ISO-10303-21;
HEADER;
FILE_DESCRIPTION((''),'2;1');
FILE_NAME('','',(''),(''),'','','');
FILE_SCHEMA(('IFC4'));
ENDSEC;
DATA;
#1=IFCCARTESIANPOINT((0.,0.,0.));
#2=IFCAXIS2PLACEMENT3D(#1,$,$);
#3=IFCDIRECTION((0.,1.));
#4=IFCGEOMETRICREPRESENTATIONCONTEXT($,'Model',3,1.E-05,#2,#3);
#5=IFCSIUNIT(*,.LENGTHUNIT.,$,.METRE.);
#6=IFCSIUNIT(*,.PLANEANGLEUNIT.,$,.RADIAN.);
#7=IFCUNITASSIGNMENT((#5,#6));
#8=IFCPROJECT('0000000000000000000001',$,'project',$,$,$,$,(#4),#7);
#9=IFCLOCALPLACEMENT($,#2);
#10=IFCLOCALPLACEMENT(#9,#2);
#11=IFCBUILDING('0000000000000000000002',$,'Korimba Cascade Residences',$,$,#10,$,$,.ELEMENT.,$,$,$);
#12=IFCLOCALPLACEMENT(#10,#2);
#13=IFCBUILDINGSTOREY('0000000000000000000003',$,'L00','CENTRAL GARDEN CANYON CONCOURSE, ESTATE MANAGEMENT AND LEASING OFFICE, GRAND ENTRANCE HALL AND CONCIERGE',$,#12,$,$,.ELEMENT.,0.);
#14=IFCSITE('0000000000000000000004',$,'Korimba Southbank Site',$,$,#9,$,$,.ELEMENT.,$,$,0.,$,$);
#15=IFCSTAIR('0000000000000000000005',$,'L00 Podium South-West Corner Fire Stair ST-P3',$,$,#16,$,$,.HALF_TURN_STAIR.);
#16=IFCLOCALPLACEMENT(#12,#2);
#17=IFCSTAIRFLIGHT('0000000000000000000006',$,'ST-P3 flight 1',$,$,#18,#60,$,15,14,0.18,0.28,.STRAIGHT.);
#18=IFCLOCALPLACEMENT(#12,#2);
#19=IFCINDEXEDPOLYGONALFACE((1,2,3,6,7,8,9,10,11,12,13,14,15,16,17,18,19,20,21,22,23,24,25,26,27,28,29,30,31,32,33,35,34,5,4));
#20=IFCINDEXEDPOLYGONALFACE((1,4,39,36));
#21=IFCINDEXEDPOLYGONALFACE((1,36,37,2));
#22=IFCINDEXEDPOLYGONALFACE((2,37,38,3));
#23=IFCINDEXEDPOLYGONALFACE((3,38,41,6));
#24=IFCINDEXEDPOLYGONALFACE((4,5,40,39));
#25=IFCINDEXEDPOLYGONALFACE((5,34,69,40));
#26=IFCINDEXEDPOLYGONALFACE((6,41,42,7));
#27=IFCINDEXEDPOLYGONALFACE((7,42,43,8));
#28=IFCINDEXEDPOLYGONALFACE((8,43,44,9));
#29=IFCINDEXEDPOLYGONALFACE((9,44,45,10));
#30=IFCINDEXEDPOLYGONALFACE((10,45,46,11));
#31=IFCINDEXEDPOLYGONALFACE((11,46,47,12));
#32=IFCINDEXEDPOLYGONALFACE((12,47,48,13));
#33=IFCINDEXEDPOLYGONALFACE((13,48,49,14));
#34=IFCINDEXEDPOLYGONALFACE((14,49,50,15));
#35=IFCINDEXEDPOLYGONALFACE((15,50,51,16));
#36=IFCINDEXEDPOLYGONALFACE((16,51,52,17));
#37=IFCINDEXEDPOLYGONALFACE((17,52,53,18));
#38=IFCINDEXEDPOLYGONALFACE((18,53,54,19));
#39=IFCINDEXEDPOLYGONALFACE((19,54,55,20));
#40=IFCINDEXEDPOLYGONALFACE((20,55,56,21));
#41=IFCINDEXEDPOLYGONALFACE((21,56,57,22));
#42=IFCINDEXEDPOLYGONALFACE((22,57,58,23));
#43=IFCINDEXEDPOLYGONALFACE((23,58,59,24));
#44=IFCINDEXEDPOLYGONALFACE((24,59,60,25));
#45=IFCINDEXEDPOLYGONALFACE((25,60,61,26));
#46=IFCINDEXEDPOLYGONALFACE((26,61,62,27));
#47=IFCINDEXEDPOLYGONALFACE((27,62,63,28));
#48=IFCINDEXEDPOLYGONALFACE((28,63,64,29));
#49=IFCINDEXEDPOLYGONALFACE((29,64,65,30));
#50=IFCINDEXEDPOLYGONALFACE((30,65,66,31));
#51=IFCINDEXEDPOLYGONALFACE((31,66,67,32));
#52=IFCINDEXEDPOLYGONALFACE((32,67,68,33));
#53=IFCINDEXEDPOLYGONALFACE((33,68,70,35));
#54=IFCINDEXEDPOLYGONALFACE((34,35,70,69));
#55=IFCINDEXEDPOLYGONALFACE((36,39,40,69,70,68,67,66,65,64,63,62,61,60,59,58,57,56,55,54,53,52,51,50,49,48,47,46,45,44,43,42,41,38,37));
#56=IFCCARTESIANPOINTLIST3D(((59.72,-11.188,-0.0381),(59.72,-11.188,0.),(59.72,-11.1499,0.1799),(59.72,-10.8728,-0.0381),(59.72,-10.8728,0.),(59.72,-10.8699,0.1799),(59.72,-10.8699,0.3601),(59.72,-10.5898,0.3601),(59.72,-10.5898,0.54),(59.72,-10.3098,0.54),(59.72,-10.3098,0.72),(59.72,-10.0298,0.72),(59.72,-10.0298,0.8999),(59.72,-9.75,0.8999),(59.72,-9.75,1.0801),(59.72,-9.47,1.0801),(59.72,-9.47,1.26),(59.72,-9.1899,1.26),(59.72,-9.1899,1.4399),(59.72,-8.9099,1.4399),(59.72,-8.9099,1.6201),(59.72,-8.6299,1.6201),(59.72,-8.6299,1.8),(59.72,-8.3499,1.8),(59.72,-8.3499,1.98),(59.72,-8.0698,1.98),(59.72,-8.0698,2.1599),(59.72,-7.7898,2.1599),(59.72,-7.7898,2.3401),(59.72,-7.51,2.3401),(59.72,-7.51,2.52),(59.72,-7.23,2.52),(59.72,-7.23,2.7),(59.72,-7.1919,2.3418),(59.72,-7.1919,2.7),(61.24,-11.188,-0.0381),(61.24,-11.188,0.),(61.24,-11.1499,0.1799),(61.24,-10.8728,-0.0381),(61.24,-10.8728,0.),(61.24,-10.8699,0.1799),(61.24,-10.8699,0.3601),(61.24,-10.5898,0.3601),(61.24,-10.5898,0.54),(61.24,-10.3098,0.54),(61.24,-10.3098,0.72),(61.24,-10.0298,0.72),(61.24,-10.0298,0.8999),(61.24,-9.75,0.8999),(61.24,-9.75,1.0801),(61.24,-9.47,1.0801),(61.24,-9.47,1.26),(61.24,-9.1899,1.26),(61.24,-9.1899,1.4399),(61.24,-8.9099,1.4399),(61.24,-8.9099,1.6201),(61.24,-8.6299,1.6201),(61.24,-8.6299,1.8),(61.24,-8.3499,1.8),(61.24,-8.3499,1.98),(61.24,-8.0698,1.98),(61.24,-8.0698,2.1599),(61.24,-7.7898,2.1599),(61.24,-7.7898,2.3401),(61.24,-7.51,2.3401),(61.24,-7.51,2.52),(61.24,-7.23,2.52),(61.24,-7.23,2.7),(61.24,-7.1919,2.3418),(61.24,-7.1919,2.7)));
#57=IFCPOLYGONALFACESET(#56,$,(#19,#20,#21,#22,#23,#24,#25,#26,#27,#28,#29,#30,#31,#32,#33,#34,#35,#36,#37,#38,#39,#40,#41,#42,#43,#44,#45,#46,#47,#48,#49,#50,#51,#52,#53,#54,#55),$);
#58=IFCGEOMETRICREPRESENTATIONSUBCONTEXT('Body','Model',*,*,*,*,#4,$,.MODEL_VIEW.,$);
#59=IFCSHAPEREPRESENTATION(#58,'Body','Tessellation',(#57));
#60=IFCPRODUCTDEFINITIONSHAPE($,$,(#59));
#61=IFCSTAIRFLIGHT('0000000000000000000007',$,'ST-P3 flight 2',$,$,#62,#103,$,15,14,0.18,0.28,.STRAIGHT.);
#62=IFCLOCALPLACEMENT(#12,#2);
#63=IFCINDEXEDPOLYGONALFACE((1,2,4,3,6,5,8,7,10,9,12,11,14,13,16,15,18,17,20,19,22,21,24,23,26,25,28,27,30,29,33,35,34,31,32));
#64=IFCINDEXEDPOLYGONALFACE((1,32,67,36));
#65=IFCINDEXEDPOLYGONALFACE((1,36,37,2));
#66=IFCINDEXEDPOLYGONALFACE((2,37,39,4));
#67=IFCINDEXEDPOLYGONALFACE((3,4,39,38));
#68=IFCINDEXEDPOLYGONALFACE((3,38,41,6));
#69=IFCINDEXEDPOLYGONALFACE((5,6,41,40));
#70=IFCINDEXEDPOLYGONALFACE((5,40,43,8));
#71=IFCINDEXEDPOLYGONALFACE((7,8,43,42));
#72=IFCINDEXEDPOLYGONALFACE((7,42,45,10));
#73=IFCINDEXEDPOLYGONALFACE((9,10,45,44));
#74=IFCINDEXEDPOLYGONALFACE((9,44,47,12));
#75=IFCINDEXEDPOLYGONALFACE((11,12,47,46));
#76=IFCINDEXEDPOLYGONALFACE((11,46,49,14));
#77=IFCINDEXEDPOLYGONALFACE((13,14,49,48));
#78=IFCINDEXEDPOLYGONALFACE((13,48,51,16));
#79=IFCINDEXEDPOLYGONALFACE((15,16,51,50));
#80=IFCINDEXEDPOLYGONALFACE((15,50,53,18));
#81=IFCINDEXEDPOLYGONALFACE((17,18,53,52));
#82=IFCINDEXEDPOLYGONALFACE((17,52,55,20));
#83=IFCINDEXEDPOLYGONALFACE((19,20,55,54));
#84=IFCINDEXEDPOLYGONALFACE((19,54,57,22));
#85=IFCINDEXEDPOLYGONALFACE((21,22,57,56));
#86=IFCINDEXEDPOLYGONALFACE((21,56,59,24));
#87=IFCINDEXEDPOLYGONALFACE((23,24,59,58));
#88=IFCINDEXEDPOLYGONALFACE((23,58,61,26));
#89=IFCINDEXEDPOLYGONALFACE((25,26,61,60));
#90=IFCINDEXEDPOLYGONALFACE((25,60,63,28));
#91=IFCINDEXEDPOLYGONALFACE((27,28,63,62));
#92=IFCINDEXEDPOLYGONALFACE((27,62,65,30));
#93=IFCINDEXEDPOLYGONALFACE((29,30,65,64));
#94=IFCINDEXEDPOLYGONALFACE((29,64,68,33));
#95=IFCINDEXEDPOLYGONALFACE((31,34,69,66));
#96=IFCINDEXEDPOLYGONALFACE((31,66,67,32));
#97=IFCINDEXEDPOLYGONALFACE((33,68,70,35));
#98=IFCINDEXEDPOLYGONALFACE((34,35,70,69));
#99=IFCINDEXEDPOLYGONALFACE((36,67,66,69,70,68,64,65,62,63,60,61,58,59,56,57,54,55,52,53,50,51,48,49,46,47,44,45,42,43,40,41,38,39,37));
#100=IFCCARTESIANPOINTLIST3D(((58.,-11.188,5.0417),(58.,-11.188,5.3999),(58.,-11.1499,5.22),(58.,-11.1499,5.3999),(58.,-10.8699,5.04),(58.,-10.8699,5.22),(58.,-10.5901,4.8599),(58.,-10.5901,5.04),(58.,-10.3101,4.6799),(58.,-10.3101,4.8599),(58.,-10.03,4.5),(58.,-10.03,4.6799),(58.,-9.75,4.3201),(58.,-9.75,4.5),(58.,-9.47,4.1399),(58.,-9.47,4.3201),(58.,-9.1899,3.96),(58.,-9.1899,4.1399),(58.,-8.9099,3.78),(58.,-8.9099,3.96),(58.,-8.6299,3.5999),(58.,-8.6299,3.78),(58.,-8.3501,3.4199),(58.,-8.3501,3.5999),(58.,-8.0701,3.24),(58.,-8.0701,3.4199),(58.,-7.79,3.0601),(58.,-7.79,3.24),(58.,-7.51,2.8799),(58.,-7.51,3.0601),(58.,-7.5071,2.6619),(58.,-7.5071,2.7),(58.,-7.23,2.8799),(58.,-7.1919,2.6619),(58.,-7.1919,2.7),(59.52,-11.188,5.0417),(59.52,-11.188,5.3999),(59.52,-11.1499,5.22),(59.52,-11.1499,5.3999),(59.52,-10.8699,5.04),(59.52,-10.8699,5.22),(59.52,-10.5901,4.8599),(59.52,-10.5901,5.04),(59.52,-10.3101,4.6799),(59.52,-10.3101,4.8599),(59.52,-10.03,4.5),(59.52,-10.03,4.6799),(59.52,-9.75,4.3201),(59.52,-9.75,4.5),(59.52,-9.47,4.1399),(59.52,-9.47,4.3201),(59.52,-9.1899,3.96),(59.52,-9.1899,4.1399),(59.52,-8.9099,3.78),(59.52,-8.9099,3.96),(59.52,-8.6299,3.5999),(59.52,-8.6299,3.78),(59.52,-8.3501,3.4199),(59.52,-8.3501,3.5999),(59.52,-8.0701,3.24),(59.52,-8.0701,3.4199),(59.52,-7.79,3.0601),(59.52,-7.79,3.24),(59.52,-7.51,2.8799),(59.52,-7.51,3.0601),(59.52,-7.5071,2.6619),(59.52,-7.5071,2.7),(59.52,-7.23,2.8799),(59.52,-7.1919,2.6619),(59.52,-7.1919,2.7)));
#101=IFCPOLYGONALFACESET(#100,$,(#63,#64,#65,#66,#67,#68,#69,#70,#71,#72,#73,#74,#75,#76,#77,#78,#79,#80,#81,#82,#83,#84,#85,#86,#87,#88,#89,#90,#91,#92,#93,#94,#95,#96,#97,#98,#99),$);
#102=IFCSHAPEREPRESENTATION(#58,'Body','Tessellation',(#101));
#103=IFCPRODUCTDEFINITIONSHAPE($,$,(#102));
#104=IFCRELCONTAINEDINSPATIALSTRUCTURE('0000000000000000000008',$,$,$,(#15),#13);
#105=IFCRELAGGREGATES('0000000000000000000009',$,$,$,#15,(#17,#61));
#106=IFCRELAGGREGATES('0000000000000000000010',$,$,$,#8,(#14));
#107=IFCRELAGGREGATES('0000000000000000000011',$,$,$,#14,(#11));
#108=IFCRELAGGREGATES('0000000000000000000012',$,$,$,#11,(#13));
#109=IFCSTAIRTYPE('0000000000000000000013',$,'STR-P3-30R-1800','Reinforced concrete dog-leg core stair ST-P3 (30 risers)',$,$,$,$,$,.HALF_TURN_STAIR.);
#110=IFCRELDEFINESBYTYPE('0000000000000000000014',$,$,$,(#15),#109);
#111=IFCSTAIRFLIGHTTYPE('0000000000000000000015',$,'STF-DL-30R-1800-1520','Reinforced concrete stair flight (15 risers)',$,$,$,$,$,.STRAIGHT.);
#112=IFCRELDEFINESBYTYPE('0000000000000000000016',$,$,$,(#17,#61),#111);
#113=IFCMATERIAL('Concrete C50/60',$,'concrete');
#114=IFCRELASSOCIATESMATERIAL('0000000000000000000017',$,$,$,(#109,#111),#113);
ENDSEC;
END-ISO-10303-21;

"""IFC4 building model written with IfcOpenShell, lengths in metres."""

from ifc_helpers import new_model, si_unit, direction, frame, origin, place, context, subcontext, project, spatial, polyline, outline, extrude, material, type_object, element, aggregate, save


model = new_model("IFC4")

# Units and contexts
model_context = context("Model", 3, precision=1e-05, world=origin(), true_north=direction((0.0, 1.0)))
body_context = subcontext(model_context, "Body", "Model", "MODEL_VIEW")
ifc_project = project(units=[si_unit("LENGTHUNIT", "METRE"), si_unit("PLANEANGLEUNIT", "RADIAN")], contexts=[model_context])

# Site, building, storey
site_placement = place(None, origin())
site = spatial("IfcSite", under=ifc_project, at=site_placement, Name="Korimba Southbank Site", CompositionType="ELEMENT", RefElevation=0.0)
building_placement = place(site_placement, origin())
building = spatial("IfcBuilding", under=site, at=building_placement, Name="Korimba Cascade Residences", CompositionType="ELEMENT")
storey_placement = place(building_placement, origin())
storey = spatial("IfcBuildingStorey", under=building, at=storey_placement, Name="L00", Description="CENTRAL GARDEN CANYON CONCOURSE, ESTATE MANAGEMENT AND LEASING OFFICE, GRAND ENTRANCE HALL AND CONCIERGE", CompositionType="ELEMENT", Elevation=0.0)

# Shared definitions
ifc_material_1 = material(Name="Concrete C50/60", Category="concrete")

# Stair, stair flights
stair_type = type_object("IfcStairType", Name="STR-P3-30R-1800", Description="Reinforced concrete dog-leg core stair ST-P3 (30 risers)", PredefinedType="HALF_TURN_STAIR", material=ifc_material_1)
stair_placement = place(storey_placement, origin())
stair = element("IfcStair", 1, at=stair_placement, inside=storey, type_object=stair_type, Name="L00 Podium South-West Corner Fire Stair ST-P3", PredefinedType="HALF_TURN_STAIR")
stair_flight_type = type_object("IfcStairFlightType", Name="STF-DL-30R-1800-1520", Description="Reinforced concrete stair flight (15 risers)", PredefinedType="STRAIGHT", material=ifc_material_1)
stair_flight_1_placement = place(storey_placement, frame((60.48, -11.1499, 0.0), z_axis=(0.0, 0.0, 1.0), x_axis=(0.0, 1.0, 0.0)))
stair_flight_1 = element("IfcStairFlight", 2, at=stair_flight_1_placement, type_object=stair_flight_type, Name="ST-P3 flight 1", NumberOfRisers=15, NumberOfTreads=14, PredefinedType="STRAIGHT", RiserHeight=0.18, TreadLength=0.28, context=body_context, shape_type="SweptSolid", body=[
    extrude(outline(polyline([(-0.0381, 0.0), (0.0, 0.1799), (0.28, 0.1799), (0.28, 0.3601), (0.5601, 0.3601), (0.5601, 0.54), (0.8401, 0.54), (0.8401, 0.72), (1.1201, 0.72), (1.1201, 0.8999), (1.3999, 0.8999), (1.3999, 1.0801), (1.6799, 1.0801), (1.6799, 1.26), (1.96, 1.26), (1.96, 1.4399), (2.24, 1.4399), (2.24, 1.6201), (2.52, 1.6201), (2.52, 1.8), (2.8, 1.8), (2.8, 1.98), (3.0801, 1.98), (3.0801, 2.1599), (3.3601, 2.1599), (3.3601, 2.3401), (3.6399, 2.3401), (3.6399, 2.52), (3.9199, 2.52), (3.9199, 2.7), (3.958, 2.7), (3.958, 2.3418), (0.2771, 0.0), (0.2771, -0.0381), (-0.0381, -0.0381), (-0.0381, 0.0)])), frame((0.0, 0.76, 0.0), z_axis=(0.0, -1.0, 0.0), x_axis=(1.0, 0.0, 0.0)), (0.0, 0.0, 1.0), 1.52),
])
stair_flight_2_placement = place(storey_placement, frame((58.76, -7.23, 2.7), z_axis=(0.0, 0.0, 1.0), x_axis=(0.0, -1.0, 0.0)))
stair_flight_2 = element("IfcStairFlight", 3, at=stair_flight_2_placement, type_object=stair_flight_type, Name="ST-P3 flight 2", NumberOfRisers=15, NumberOfTreads=14, PredefinedType="STRAIGHT", RiserHeight=0.18, TreadLength=0.28, context=body_context, shape_type="SweptSolid", body=[
    extrude(outline(polyline([(-0.0381, 0.0), (0.0, 0.1799), (0.28, 0.1799), (0.28, 0.3601), (0.5601, 0.3601), (0.5601, 0.54), (0.8401, 0.54), (0.8401, 0.72), (1.1201, 0.72), (1.1201, 0.8999), (1.3999, 0.8999), (1.3999, 1.0801), (1.6799, 1.0801), (1.6799, 1.26), (1.96, 1.26), (1.96, 1.4399), (2.24, 1.4399), (2.24, 1.6201), (2.52, 1.6201), (2.52, 1.8), (2.8, 1.8), (2.8, 1.98), (3.0801, 1.98), (3.0801, 2.1599), (3.3601, 2.1599), (3.3601, 2.3401), (3.6399, 2.3401), (3.6399, 2.52), (3.9199, 2.52), (3.9199, 2.7), (3.958, 2.7), (3.958, 2.3418), (0.2771, 0.0), (0.2771, -0.0381), (-0.0381, -0.0381), (-0.0381, 0.0)])), frame((0.0, 0.76, 0.0), z_axis=(0.0, -1.0, 0.0), x_axis=(1.0, 0.0, 0.0)), (0.0, 0.0, 1.0), 1.52),
])
aggregate(stair, [stair_flight_1, stair_flight_2])

save(model, "model.ifc")
